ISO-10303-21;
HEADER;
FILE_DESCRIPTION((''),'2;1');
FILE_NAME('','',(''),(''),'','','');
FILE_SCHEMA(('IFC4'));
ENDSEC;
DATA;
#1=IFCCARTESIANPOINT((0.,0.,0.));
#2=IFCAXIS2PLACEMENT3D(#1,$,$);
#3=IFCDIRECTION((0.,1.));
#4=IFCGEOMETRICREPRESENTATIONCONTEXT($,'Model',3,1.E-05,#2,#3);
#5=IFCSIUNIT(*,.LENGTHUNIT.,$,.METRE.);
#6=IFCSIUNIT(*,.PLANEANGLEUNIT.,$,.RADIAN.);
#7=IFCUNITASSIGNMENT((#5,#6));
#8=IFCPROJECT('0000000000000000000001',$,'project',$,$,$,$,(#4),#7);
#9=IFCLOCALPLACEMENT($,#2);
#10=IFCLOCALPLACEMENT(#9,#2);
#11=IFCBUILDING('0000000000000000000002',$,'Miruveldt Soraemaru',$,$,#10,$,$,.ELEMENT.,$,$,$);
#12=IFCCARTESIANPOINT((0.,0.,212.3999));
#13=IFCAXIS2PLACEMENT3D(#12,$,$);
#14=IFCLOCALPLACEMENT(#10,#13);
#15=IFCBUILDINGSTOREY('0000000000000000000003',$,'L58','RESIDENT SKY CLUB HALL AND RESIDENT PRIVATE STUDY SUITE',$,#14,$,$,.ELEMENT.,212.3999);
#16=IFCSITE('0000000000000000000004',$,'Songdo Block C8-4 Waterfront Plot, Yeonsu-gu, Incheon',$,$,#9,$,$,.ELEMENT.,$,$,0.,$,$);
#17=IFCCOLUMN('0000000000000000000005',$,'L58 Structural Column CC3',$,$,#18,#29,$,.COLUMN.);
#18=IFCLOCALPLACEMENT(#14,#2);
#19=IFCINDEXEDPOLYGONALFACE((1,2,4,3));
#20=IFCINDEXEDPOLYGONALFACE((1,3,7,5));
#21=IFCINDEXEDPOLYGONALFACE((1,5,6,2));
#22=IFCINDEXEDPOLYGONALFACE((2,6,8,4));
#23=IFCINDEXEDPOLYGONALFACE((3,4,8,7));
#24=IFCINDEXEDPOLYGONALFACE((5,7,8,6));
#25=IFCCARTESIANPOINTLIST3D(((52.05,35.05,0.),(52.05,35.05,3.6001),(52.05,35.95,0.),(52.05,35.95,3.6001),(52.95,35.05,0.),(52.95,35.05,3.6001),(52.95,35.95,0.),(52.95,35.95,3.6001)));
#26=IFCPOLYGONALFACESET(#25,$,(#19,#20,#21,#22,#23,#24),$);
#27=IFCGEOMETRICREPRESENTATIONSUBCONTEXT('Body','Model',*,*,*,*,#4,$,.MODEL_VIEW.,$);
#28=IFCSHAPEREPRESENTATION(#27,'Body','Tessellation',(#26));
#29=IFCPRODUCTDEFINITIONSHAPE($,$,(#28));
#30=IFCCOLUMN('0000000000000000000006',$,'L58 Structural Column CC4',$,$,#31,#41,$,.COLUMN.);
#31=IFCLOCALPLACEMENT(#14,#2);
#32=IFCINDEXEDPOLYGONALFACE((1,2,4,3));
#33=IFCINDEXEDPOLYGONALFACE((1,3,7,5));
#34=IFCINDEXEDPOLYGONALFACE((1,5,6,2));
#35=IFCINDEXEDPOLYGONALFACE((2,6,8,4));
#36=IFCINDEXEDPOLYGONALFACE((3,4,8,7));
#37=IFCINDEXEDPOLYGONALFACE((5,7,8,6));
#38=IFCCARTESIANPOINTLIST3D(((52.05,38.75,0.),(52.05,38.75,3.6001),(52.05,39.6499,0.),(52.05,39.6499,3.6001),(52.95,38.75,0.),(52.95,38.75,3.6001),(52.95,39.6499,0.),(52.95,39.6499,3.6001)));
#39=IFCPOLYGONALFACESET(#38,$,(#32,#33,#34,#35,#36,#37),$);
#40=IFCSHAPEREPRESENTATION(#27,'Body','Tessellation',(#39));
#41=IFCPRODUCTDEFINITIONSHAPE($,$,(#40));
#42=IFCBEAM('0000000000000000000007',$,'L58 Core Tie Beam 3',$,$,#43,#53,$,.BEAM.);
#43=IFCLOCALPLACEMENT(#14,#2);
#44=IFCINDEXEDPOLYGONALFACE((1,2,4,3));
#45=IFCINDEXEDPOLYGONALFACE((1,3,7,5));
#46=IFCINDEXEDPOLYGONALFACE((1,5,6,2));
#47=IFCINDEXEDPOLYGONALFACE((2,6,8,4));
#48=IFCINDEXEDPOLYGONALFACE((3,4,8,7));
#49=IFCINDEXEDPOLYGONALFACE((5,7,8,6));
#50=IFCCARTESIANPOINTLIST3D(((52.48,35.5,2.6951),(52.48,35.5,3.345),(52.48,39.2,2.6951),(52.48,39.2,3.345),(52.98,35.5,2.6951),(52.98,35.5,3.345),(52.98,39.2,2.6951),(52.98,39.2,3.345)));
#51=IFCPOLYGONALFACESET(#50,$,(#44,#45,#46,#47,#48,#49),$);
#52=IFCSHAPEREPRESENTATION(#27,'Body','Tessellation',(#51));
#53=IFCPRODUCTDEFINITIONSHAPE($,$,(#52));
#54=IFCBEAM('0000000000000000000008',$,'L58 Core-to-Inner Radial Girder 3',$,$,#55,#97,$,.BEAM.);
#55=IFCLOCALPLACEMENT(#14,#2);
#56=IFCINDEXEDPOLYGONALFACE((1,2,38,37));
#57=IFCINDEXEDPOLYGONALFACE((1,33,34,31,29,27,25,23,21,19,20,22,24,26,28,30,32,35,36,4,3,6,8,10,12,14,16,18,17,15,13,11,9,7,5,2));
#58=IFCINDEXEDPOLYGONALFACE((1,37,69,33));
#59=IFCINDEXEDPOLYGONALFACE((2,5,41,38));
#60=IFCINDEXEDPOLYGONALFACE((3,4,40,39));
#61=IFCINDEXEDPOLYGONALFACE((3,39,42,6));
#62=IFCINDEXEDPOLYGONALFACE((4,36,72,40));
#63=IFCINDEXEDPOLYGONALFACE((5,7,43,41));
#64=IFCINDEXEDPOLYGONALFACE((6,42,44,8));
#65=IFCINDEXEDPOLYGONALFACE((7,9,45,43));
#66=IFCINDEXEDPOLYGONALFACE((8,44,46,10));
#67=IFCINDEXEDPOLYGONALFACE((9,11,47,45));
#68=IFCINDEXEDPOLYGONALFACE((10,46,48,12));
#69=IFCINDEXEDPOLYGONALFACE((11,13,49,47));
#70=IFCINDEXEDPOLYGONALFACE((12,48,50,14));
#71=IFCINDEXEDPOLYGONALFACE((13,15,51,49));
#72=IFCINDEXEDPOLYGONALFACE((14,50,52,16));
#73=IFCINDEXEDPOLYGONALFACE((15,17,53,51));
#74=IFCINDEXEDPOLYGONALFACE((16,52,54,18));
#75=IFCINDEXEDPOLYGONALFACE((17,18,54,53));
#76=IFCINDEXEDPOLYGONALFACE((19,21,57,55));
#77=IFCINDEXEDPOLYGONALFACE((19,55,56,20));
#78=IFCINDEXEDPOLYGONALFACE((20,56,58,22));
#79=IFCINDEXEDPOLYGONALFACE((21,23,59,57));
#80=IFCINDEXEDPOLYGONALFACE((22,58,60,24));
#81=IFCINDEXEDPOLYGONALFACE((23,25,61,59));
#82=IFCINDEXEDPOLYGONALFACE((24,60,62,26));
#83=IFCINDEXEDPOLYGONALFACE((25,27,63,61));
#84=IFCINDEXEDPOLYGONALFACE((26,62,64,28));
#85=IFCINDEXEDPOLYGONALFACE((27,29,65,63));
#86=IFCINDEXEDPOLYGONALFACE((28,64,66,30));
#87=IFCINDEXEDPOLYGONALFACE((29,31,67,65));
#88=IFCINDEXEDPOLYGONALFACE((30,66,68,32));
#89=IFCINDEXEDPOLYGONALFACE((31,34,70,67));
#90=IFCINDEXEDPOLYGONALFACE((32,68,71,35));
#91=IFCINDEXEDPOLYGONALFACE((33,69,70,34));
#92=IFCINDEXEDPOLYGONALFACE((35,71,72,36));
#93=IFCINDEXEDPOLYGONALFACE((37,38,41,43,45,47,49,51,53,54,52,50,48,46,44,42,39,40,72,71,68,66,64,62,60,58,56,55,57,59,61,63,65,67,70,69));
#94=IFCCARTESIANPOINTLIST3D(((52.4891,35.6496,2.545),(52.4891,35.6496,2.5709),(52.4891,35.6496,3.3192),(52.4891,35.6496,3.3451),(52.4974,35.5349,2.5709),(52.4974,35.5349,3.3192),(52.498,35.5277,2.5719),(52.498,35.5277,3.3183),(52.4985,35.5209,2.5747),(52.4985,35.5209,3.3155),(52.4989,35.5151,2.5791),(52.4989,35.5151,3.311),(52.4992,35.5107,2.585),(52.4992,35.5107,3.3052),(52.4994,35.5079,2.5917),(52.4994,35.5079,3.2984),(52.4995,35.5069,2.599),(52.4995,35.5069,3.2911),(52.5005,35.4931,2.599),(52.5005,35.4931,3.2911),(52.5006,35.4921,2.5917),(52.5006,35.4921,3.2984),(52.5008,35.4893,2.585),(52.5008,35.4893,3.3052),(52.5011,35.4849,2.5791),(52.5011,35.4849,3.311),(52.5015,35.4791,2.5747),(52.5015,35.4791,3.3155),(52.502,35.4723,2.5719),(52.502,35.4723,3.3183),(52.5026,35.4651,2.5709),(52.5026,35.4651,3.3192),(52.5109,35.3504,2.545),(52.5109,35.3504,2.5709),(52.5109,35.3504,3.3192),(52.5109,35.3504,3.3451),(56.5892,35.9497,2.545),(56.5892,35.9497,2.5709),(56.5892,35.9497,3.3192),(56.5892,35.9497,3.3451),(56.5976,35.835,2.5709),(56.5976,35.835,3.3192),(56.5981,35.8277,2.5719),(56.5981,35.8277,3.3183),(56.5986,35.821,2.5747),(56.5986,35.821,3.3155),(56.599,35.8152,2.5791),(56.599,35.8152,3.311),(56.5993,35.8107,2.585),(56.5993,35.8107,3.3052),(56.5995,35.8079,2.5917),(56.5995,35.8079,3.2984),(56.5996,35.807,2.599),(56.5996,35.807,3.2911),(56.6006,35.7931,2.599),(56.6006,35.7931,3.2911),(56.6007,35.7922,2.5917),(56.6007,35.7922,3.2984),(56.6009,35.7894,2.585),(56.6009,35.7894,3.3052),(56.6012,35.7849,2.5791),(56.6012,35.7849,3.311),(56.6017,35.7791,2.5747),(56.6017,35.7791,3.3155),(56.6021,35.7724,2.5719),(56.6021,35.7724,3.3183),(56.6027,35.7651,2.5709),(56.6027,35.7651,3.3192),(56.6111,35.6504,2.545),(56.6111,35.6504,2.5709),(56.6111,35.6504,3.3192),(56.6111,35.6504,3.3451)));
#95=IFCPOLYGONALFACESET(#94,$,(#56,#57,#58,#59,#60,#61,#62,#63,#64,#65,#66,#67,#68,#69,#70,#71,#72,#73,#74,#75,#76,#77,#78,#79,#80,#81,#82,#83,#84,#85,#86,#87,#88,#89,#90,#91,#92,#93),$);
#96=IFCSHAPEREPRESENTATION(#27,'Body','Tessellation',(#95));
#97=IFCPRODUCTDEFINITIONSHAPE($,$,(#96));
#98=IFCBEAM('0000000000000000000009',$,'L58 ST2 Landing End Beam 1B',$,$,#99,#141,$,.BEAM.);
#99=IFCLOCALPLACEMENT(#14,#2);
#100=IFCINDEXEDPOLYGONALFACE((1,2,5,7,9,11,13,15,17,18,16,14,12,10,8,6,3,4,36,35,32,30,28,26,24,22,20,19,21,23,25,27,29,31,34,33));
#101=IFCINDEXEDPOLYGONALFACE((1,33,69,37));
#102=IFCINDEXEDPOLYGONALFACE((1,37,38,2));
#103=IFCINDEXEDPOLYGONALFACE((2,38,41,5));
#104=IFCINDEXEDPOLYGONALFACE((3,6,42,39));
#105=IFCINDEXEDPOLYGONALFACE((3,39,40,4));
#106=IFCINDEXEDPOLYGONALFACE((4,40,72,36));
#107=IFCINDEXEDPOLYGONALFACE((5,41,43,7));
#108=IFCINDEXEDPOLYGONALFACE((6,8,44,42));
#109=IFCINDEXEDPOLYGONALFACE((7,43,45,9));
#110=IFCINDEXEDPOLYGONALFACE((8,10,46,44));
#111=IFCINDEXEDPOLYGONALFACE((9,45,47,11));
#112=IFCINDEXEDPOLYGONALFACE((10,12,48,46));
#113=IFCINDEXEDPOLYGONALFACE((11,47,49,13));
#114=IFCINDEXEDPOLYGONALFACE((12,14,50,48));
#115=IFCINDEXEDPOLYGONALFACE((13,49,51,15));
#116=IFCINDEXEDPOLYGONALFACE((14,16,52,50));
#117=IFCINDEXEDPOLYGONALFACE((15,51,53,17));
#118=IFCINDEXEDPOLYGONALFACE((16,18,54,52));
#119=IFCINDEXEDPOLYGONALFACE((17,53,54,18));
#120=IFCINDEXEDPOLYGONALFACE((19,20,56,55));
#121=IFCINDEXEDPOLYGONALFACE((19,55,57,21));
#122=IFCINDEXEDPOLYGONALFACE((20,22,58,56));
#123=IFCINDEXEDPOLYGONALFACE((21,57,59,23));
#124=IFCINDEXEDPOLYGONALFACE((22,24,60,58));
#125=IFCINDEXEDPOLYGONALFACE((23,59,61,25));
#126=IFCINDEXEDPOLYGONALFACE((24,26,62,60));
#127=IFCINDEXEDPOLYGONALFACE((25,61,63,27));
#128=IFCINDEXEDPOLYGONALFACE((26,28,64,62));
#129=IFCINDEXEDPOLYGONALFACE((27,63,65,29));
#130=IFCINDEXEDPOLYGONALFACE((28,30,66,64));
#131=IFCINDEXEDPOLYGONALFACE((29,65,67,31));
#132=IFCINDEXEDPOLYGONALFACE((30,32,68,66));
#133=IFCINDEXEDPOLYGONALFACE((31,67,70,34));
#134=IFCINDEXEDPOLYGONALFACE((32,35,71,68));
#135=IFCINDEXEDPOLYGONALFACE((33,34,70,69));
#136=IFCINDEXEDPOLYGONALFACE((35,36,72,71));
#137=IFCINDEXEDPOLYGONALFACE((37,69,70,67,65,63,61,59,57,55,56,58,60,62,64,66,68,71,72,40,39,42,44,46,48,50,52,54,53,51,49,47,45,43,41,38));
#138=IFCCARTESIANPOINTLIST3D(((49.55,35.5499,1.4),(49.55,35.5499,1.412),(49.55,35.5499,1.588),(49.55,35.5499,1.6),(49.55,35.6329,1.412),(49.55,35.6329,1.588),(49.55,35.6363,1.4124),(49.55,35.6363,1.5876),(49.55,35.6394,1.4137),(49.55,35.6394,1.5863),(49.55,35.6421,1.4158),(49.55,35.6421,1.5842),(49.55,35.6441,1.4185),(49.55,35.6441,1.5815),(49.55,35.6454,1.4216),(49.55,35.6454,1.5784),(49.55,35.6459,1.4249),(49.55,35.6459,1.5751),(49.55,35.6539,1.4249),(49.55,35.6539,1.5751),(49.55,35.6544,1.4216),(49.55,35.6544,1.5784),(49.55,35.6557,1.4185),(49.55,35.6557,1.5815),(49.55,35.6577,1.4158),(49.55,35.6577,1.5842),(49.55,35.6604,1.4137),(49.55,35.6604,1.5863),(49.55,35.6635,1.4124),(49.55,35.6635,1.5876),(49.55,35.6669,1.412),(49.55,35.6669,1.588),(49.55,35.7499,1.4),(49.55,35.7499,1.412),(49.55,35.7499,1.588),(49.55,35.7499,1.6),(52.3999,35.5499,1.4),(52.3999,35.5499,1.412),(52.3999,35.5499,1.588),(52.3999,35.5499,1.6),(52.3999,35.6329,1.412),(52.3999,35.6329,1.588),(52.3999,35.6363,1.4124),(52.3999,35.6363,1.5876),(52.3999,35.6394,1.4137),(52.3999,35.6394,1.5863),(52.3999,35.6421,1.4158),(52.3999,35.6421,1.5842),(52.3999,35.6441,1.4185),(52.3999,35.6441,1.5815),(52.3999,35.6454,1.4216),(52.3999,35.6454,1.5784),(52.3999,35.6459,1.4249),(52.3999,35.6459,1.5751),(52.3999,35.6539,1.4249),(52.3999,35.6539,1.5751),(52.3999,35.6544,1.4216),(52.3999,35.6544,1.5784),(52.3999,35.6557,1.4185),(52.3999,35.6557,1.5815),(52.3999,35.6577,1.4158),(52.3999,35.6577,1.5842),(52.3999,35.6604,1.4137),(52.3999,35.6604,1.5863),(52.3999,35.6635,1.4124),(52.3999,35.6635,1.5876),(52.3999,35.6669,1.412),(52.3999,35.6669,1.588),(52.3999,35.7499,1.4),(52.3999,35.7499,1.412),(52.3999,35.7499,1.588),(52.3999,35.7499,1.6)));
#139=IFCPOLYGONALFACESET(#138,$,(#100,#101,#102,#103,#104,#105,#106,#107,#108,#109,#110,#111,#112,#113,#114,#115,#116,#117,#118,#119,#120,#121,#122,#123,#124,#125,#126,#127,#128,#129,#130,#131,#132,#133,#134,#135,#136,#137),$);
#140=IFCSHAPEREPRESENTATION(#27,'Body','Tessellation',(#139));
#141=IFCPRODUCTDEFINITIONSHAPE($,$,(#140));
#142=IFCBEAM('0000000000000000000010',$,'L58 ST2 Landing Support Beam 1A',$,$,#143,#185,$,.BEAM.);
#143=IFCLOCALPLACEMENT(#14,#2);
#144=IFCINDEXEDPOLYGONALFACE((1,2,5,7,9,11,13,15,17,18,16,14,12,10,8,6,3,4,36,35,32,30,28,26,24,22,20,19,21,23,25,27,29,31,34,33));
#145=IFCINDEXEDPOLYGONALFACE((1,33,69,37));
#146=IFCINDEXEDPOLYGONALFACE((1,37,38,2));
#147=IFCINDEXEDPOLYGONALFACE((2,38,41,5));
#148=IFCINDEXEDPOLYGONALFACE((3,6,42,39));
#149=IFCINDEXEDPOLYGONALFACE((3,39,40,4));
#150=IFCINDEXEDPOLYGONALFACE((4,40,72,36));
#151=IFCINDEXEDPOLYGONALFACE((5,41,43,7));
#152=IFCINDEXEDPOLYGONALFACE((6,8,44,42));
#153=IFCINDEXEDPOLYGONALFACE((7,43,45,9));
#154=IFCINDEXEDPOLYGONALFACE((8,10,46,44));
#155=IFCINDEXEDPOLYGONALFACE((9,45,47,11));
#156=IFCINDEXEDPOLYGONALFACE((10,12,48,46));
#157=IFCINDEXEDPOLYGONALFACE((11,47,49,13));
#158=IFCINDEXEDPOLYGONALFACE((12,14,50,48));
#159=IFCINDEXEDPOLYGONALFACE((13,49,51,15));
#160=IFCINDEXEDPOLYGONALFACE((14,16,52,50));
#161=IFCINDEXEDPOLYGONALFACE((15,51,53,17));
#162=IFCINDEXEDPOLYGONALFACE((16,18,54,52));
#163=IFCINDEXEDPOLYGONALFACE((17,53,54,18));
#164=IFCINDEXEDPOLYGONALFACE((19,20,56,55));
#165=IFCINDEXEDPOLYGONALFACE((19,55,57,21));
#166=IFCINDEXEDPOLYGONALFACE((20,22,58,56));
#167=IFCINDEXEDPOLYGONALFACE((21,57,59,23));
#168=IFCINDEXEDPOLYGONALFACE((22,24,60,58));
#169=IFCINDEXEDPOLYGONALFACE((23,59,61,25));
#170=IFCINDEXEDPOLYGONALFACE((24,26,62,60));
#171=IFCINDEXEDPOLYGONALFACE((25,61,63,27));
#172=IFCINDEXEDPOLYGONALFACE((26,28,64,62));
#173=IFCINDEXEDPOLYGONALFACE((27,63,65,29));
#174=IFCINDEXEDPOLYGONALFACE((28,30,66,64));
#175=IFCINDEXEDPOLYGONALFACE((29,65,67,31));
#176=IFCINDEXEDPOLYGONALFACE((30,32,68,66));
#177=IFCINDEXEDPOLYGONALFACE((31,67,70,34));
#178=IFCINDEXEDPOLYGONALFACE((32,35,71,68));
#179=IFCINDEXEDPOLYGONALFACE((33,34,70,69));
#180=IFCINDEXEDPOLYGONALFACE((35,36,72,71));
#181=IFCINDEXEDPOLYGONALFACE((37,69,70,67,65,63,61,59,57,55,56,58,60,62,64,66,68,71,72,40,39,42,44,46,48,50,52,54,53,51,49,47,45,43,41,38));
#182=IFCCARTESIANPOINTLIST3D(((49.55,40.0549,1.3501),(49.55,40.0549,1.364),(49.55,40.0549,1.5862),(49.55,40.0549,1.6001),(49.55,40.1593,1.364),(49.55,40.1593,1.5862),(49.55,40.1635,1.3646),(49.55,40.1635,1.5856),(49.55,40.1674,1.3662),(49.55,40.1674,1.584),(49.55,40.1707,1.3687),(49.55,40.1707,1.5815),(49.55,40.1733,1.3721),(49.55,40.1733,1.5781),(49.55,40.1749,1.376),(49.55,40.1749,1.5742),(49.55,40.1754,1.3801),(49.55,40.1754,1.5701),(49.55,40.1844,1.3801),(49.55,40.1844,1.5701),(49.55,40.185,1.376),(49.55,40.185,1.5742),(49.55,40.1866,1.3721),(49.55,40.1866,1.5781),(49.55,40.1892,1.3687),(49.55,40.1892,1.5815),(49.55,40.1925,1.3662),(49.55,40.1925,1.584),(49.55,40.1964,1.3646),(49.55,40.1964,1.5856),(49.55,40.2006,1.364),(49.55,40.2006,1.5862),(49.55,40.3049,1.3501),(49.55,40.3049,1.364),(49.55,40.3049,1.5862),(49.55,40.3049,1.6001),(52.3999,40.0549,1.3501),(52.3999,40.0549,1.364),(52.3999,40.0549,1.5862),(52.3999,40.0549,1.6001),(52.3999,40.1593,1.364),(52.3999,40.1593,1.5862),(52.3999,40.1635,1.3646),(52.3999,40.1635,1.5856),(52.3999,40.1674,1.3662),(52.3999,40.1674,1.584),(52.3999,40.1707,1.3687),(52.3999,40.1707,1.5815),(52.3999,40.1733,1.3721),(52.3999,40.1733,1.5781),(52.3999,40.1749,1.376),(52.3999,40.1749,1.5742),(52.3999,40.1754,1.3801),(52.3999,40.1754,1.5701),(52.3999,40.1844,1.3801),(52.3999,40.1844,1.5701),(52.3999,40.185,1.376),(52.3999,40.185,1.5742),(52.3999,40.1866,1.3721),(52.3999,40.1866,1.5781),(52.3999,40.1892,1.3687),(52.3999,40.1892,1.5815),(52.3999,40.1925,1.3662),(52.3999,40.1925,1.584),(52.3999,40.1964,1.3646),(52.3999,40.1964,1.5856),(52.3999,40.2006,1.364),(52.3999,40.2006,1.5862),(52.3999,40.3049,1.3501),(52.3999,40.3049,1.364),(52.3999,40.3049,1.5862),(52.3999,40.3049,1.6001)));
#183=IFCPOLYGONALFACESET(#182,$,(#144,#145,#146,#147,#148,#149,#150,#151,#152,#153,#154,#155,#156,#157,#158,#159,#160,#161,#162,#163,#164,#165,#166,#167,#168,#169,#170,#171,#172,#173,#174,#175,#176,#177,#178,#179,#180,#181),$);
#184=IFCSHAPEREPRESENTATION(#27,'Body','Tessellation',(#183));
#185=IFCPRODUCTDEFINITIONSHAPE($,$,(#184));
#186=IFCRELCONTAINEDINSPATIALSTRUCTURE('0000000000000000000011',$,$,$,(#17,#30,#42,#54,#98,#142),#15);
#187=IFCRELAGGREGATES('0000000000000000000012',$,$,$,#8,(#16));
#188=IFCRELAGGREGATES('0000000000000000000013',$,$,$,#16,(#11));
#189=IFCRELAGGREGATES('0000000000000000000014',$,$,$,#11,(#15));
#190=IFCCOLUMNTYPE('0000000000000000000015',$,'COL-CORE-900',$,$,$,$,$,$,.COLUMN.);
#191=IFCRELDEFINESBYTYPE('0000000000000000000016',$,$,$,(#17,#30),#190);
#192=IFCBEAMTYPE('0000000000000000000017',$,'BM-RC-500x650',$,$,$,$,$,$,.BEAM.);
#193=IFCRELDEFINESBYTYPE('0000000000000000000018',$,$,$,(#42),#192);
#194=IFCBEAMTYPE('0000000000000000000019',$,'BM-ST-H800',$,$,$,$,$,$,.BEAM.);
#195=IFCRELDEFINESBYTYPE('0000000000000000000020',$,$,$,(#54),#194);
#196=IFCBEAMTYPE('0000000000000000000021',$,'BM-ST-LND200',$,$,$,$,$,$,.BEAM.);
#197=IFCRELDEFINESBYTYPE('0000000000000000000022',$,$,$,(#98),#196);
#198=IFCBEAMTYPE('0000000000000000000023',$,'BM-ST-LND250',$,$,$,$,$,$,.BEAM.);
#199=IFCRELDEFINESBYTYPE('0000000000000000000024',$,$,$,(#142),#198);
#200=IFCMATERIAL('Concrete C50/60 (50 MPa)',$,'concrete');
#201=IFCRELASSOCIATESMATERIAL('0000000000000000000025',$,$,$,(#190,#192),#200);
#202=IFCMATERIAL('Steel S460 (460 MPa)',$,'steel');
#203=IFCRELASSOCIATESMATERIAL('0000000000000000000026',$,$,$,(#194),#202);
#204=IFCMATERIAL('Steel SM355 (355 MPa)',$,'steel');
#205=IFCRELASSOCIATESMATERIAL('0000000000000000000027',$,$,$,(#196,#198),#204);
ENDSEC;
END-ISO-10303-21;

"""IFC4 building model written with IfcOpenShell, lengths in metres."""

from ifc_helpers import new_model, si_unit, direction, frame, origin, origin_2d, place, context, subcontext, project, spatial, rectangle, i_section, extrude, material, material_profile, profile_set, type_object, element, save


model = new_model("IFC4")

# Units and contexts
model_context = context("Model", 3, precision=1e-05, world=origin(), true_north=direction((0.0, 1.0)))
body_context = subcontext(model_context, "Body", "Model", "MODEL_VIEW")
ifc_project = project(units=[si_unit("LENGTHUNIT", "METRE"), si_unit("PLANEANGLEUNIT", "RADIAN")], contexts=[model_context])

# Site, building, storey
site_placement = place(None, origin())
site = spatial("IfcSite", under=ifc_project, at=site_placement, Name="Songdo Block C8-4 Waterfront Plot, Yeonsu-gu, Incheon", CompositionType="ELEMENT", RefElevation=0.0)
building_placement = place(site_placement, origin())
building = spatial("IfcBuilding", under=site, at=building_placement, Name="Miruveldt Soraemaru", CompositionType="ELEMENT")
storey_placement = place(building_placement, frame((0.0, 0.0, 212.3999)))
storey = spatial("IfcBuildingStorey", under=building, at=storey_placement, Name="L58", Description="RESIDENT SKY CLUB HALL AND RESIDENT PRIVATE STUDY SUITE", CompositionType="ELEMENT", Elevation=212.3999)

# Columns
ifc_material_1 = material(Name="Concrete C50/60 (50 MPa)", Category="concrete")
ifc_material_profile_1 = material_profile(ifc_material_1, rectangle(XDim=0.8999, YDim=0.8999, at=origin_2d()), Name="Concrete C50/60 (50 MPa)", Category="concrete")
ifc_profile_set_1 = profile_set([ifc_material_profile_1], Name="Concrete C50/60 (50 MPa)")
column_type = type_object("IfcColumnType", Name="COL-CORE-900", PredefinedType="COLUMN", material=ifc_profile_set_1)
for number, where, z_axis, x_axis, name in (
    (1, (52.5, 35.5, 0.0), (0.0, 0.0, 1.0), (1.0, 0.0, 0.0), "L58 Structural Column CC3"),
    (2, (52.5, 39.2, 0.0), (0.0, 0.0, 1.0), (1.0, 0.0, 0.0), "L58 Structural Column CC4"),
):
    element("IfcColumn", number, at=place(storey_placement, frame(where, z_axis=z_axis, x_axis=x_axis)), inside=storey, type_object=column_type, Name=name, PredefinedType="COLUMN", context=body_context, shape_type="SweptSolid", body=[
        extrude(rectangle(XDim=0.8999, YDim=0.8999, at=origin_2d()), origin(), (0.0, 0.0, 1.0), 3.6001),
    ])

# Beams
ifc_material_profile_2 = material_profile(ifc_material_1, rectangle(XDim=0.5, YDim=0.6499, at=origin_2d()), Name="Concrete C50/60 (50 MPa)", Category="concrete")
ifc_profile_set_2 = profile_set([ifc_material_profile_2], Name="Concrete C50/60 (50 MPa)")
beam_type_1 = type_object("IfcBeamType", Name="BM-RC-500x650", PredefinedType="BEAM", material=ifc_profile_set_2)
beam_1_placement = place(storey_placement, frame((52.73, 35.5, 3.02), z_axis=(0.0, 1.0, 0.0), x_axis=(-1.0, 0.0, 0.0)))
element("IfcBeam", 3, at=beam_1_placement, inside=storey, type_object=beam_type_1, Name="L58 Core Tie Beam 3", PredefinedType="BEAM", context=body_context, shape_type="SweptSolid", body=[
    extrude(rectangle(XDim=0.5, YDim=0.6499, at=origin_2d()), origin(), (0.0, 0.0, 1.0), 3.7),
])
ifc_material_2 = material(Name="Steel S460 (460 MPa)", Category="steel")
ifc_material_profile_3 = material_profile(ifc_material_2, i_section(OverallWidth=0.3, OverallDepth=0.8, WebThickness=0.0139, FlangeThickness=0.0259, FilletRadius=0.0281, at=origin_2d()), Name="Steel S460 (460 MPa)", Category="steel")
ifc_profile_set_3 = profile_set([ifc_material_profile_3], Name="Steel S460 (460 MPa)")
beam_type_2 = type_object("IfcBeamType", Name="BM-ST-H800", PredefinedType="BEAM", material=ifc_profile_set_3)
beam_2_placement = place(storey_placement, frame((52.5, 35.5, 2.9451), z_axis=(0.997333, 0.072986, 0.0), x_axis=(-0.072986, 0.997333, 0.0)))
element("IfcBeam", 4, at=beam_2_placement, inside=storey, type_object=beam_type_2, Name="L58 Core-to-Inner Radial Girder 3", PredefinedType="BEAM", context=body_context, shape_type="SweptSolid", body=[
    extrude(i_section(OverallWidth=0.3, OverallDepth=0.8, WebThickness=0.0139, FlangeThickness=0.0259, FilletRadius=0.0281, at=origin_2d()), origin(), (0.0, 0.0, 1.0), 4.1111),
])
ifc_material_3 = material(Name="Steel SM355 (355 MPa)", Category="steel")
ifc_material_profile_4 = material_profile(ifc_material_3, i_section(OverallWidth=0.2, OverallDepth=0.2, WebThickness=0.0081, FlangeThickness=0.012, FilletRadius=0.0129, at=origin_2d()), Name="Steel SM355 (355 MPa)", Category="steel")
ifc_profile_set_4 = profile_set([ifc_material_profile_4], Name="Steel SM355 (355 MPa)")
beam_type_3 = type_object("IfcBeamType", Name="BM-ST-LND200", PredefinedType="BEAM", material=ifc_profile_set_4)
beam_3_placement = place(storey_placement, frame((49.55, 35.6499, 1.5), z_axis=(1.0, 0.0, 0.0), x_axis=(0.0, 1.0, 0.0)))
element("IfcBeam", 5, at=beam_3_placement, inside=storey, type_object=beam_type_3, Name="L58 ST2 Landing End Beam 1B", PredefinedType="BEAM", context=body_context, shape_type="SweptSolid", body=[
    extrude(i_section(OverallWidth=0.2, OverallDepth=0.2, WebThickness=0.0081, FlangeThickness=0.012, FilletRadius=0.0129, at=origin_2d()), origin(), (0.0, 0.0, 1.0), 2.8499),
])
ifc_material_profile_5 = material_profile(ifc_material_3, i_section(OverallWidth=0.25, OverallDepth=0.25, WebThickness=0.009, FlangeThickness=0.0139, FilletRadius=0.0161, at=origin_2d()), Name="Steel SM355 (355 MPa)", Category="steel")
ifc_profile_set_5 = profile_set([ifc_material_profile_5], Name="Steel SM355 (355 MPa)")
beam_type_4 = type_object("IfcBeamType", Name="BM-ST-LND250", PredefinedType="BEAM", material=ifc_profile_set_5)
beam_4_placement = place(storey_placement, frame((49.55, 40.1799, 1.4751), z_axis=(1.0, 0.0, 0.0), x_axis=(0.0, 1.0, 0.0)))
element("IfcBeam", 6, at=beam_4_placement, inside=storey, type_object=beam_type_4, Name="L58 ST2 Landing Support Beam 1A", PredefinedType="BEAM", context=body_context, shape_type="SweptSolid", body=[
    extrude(i_section(OverallWidth=0.25, OverallDepth=0.25, WebThickness=0.009, FlangeThickness=0.0139, FilletRadius=0.0161, at=origin_2d()), origin(), (0.0, 0.0, 1.0), 2.8499),
])

save(model, "model.ifc")
